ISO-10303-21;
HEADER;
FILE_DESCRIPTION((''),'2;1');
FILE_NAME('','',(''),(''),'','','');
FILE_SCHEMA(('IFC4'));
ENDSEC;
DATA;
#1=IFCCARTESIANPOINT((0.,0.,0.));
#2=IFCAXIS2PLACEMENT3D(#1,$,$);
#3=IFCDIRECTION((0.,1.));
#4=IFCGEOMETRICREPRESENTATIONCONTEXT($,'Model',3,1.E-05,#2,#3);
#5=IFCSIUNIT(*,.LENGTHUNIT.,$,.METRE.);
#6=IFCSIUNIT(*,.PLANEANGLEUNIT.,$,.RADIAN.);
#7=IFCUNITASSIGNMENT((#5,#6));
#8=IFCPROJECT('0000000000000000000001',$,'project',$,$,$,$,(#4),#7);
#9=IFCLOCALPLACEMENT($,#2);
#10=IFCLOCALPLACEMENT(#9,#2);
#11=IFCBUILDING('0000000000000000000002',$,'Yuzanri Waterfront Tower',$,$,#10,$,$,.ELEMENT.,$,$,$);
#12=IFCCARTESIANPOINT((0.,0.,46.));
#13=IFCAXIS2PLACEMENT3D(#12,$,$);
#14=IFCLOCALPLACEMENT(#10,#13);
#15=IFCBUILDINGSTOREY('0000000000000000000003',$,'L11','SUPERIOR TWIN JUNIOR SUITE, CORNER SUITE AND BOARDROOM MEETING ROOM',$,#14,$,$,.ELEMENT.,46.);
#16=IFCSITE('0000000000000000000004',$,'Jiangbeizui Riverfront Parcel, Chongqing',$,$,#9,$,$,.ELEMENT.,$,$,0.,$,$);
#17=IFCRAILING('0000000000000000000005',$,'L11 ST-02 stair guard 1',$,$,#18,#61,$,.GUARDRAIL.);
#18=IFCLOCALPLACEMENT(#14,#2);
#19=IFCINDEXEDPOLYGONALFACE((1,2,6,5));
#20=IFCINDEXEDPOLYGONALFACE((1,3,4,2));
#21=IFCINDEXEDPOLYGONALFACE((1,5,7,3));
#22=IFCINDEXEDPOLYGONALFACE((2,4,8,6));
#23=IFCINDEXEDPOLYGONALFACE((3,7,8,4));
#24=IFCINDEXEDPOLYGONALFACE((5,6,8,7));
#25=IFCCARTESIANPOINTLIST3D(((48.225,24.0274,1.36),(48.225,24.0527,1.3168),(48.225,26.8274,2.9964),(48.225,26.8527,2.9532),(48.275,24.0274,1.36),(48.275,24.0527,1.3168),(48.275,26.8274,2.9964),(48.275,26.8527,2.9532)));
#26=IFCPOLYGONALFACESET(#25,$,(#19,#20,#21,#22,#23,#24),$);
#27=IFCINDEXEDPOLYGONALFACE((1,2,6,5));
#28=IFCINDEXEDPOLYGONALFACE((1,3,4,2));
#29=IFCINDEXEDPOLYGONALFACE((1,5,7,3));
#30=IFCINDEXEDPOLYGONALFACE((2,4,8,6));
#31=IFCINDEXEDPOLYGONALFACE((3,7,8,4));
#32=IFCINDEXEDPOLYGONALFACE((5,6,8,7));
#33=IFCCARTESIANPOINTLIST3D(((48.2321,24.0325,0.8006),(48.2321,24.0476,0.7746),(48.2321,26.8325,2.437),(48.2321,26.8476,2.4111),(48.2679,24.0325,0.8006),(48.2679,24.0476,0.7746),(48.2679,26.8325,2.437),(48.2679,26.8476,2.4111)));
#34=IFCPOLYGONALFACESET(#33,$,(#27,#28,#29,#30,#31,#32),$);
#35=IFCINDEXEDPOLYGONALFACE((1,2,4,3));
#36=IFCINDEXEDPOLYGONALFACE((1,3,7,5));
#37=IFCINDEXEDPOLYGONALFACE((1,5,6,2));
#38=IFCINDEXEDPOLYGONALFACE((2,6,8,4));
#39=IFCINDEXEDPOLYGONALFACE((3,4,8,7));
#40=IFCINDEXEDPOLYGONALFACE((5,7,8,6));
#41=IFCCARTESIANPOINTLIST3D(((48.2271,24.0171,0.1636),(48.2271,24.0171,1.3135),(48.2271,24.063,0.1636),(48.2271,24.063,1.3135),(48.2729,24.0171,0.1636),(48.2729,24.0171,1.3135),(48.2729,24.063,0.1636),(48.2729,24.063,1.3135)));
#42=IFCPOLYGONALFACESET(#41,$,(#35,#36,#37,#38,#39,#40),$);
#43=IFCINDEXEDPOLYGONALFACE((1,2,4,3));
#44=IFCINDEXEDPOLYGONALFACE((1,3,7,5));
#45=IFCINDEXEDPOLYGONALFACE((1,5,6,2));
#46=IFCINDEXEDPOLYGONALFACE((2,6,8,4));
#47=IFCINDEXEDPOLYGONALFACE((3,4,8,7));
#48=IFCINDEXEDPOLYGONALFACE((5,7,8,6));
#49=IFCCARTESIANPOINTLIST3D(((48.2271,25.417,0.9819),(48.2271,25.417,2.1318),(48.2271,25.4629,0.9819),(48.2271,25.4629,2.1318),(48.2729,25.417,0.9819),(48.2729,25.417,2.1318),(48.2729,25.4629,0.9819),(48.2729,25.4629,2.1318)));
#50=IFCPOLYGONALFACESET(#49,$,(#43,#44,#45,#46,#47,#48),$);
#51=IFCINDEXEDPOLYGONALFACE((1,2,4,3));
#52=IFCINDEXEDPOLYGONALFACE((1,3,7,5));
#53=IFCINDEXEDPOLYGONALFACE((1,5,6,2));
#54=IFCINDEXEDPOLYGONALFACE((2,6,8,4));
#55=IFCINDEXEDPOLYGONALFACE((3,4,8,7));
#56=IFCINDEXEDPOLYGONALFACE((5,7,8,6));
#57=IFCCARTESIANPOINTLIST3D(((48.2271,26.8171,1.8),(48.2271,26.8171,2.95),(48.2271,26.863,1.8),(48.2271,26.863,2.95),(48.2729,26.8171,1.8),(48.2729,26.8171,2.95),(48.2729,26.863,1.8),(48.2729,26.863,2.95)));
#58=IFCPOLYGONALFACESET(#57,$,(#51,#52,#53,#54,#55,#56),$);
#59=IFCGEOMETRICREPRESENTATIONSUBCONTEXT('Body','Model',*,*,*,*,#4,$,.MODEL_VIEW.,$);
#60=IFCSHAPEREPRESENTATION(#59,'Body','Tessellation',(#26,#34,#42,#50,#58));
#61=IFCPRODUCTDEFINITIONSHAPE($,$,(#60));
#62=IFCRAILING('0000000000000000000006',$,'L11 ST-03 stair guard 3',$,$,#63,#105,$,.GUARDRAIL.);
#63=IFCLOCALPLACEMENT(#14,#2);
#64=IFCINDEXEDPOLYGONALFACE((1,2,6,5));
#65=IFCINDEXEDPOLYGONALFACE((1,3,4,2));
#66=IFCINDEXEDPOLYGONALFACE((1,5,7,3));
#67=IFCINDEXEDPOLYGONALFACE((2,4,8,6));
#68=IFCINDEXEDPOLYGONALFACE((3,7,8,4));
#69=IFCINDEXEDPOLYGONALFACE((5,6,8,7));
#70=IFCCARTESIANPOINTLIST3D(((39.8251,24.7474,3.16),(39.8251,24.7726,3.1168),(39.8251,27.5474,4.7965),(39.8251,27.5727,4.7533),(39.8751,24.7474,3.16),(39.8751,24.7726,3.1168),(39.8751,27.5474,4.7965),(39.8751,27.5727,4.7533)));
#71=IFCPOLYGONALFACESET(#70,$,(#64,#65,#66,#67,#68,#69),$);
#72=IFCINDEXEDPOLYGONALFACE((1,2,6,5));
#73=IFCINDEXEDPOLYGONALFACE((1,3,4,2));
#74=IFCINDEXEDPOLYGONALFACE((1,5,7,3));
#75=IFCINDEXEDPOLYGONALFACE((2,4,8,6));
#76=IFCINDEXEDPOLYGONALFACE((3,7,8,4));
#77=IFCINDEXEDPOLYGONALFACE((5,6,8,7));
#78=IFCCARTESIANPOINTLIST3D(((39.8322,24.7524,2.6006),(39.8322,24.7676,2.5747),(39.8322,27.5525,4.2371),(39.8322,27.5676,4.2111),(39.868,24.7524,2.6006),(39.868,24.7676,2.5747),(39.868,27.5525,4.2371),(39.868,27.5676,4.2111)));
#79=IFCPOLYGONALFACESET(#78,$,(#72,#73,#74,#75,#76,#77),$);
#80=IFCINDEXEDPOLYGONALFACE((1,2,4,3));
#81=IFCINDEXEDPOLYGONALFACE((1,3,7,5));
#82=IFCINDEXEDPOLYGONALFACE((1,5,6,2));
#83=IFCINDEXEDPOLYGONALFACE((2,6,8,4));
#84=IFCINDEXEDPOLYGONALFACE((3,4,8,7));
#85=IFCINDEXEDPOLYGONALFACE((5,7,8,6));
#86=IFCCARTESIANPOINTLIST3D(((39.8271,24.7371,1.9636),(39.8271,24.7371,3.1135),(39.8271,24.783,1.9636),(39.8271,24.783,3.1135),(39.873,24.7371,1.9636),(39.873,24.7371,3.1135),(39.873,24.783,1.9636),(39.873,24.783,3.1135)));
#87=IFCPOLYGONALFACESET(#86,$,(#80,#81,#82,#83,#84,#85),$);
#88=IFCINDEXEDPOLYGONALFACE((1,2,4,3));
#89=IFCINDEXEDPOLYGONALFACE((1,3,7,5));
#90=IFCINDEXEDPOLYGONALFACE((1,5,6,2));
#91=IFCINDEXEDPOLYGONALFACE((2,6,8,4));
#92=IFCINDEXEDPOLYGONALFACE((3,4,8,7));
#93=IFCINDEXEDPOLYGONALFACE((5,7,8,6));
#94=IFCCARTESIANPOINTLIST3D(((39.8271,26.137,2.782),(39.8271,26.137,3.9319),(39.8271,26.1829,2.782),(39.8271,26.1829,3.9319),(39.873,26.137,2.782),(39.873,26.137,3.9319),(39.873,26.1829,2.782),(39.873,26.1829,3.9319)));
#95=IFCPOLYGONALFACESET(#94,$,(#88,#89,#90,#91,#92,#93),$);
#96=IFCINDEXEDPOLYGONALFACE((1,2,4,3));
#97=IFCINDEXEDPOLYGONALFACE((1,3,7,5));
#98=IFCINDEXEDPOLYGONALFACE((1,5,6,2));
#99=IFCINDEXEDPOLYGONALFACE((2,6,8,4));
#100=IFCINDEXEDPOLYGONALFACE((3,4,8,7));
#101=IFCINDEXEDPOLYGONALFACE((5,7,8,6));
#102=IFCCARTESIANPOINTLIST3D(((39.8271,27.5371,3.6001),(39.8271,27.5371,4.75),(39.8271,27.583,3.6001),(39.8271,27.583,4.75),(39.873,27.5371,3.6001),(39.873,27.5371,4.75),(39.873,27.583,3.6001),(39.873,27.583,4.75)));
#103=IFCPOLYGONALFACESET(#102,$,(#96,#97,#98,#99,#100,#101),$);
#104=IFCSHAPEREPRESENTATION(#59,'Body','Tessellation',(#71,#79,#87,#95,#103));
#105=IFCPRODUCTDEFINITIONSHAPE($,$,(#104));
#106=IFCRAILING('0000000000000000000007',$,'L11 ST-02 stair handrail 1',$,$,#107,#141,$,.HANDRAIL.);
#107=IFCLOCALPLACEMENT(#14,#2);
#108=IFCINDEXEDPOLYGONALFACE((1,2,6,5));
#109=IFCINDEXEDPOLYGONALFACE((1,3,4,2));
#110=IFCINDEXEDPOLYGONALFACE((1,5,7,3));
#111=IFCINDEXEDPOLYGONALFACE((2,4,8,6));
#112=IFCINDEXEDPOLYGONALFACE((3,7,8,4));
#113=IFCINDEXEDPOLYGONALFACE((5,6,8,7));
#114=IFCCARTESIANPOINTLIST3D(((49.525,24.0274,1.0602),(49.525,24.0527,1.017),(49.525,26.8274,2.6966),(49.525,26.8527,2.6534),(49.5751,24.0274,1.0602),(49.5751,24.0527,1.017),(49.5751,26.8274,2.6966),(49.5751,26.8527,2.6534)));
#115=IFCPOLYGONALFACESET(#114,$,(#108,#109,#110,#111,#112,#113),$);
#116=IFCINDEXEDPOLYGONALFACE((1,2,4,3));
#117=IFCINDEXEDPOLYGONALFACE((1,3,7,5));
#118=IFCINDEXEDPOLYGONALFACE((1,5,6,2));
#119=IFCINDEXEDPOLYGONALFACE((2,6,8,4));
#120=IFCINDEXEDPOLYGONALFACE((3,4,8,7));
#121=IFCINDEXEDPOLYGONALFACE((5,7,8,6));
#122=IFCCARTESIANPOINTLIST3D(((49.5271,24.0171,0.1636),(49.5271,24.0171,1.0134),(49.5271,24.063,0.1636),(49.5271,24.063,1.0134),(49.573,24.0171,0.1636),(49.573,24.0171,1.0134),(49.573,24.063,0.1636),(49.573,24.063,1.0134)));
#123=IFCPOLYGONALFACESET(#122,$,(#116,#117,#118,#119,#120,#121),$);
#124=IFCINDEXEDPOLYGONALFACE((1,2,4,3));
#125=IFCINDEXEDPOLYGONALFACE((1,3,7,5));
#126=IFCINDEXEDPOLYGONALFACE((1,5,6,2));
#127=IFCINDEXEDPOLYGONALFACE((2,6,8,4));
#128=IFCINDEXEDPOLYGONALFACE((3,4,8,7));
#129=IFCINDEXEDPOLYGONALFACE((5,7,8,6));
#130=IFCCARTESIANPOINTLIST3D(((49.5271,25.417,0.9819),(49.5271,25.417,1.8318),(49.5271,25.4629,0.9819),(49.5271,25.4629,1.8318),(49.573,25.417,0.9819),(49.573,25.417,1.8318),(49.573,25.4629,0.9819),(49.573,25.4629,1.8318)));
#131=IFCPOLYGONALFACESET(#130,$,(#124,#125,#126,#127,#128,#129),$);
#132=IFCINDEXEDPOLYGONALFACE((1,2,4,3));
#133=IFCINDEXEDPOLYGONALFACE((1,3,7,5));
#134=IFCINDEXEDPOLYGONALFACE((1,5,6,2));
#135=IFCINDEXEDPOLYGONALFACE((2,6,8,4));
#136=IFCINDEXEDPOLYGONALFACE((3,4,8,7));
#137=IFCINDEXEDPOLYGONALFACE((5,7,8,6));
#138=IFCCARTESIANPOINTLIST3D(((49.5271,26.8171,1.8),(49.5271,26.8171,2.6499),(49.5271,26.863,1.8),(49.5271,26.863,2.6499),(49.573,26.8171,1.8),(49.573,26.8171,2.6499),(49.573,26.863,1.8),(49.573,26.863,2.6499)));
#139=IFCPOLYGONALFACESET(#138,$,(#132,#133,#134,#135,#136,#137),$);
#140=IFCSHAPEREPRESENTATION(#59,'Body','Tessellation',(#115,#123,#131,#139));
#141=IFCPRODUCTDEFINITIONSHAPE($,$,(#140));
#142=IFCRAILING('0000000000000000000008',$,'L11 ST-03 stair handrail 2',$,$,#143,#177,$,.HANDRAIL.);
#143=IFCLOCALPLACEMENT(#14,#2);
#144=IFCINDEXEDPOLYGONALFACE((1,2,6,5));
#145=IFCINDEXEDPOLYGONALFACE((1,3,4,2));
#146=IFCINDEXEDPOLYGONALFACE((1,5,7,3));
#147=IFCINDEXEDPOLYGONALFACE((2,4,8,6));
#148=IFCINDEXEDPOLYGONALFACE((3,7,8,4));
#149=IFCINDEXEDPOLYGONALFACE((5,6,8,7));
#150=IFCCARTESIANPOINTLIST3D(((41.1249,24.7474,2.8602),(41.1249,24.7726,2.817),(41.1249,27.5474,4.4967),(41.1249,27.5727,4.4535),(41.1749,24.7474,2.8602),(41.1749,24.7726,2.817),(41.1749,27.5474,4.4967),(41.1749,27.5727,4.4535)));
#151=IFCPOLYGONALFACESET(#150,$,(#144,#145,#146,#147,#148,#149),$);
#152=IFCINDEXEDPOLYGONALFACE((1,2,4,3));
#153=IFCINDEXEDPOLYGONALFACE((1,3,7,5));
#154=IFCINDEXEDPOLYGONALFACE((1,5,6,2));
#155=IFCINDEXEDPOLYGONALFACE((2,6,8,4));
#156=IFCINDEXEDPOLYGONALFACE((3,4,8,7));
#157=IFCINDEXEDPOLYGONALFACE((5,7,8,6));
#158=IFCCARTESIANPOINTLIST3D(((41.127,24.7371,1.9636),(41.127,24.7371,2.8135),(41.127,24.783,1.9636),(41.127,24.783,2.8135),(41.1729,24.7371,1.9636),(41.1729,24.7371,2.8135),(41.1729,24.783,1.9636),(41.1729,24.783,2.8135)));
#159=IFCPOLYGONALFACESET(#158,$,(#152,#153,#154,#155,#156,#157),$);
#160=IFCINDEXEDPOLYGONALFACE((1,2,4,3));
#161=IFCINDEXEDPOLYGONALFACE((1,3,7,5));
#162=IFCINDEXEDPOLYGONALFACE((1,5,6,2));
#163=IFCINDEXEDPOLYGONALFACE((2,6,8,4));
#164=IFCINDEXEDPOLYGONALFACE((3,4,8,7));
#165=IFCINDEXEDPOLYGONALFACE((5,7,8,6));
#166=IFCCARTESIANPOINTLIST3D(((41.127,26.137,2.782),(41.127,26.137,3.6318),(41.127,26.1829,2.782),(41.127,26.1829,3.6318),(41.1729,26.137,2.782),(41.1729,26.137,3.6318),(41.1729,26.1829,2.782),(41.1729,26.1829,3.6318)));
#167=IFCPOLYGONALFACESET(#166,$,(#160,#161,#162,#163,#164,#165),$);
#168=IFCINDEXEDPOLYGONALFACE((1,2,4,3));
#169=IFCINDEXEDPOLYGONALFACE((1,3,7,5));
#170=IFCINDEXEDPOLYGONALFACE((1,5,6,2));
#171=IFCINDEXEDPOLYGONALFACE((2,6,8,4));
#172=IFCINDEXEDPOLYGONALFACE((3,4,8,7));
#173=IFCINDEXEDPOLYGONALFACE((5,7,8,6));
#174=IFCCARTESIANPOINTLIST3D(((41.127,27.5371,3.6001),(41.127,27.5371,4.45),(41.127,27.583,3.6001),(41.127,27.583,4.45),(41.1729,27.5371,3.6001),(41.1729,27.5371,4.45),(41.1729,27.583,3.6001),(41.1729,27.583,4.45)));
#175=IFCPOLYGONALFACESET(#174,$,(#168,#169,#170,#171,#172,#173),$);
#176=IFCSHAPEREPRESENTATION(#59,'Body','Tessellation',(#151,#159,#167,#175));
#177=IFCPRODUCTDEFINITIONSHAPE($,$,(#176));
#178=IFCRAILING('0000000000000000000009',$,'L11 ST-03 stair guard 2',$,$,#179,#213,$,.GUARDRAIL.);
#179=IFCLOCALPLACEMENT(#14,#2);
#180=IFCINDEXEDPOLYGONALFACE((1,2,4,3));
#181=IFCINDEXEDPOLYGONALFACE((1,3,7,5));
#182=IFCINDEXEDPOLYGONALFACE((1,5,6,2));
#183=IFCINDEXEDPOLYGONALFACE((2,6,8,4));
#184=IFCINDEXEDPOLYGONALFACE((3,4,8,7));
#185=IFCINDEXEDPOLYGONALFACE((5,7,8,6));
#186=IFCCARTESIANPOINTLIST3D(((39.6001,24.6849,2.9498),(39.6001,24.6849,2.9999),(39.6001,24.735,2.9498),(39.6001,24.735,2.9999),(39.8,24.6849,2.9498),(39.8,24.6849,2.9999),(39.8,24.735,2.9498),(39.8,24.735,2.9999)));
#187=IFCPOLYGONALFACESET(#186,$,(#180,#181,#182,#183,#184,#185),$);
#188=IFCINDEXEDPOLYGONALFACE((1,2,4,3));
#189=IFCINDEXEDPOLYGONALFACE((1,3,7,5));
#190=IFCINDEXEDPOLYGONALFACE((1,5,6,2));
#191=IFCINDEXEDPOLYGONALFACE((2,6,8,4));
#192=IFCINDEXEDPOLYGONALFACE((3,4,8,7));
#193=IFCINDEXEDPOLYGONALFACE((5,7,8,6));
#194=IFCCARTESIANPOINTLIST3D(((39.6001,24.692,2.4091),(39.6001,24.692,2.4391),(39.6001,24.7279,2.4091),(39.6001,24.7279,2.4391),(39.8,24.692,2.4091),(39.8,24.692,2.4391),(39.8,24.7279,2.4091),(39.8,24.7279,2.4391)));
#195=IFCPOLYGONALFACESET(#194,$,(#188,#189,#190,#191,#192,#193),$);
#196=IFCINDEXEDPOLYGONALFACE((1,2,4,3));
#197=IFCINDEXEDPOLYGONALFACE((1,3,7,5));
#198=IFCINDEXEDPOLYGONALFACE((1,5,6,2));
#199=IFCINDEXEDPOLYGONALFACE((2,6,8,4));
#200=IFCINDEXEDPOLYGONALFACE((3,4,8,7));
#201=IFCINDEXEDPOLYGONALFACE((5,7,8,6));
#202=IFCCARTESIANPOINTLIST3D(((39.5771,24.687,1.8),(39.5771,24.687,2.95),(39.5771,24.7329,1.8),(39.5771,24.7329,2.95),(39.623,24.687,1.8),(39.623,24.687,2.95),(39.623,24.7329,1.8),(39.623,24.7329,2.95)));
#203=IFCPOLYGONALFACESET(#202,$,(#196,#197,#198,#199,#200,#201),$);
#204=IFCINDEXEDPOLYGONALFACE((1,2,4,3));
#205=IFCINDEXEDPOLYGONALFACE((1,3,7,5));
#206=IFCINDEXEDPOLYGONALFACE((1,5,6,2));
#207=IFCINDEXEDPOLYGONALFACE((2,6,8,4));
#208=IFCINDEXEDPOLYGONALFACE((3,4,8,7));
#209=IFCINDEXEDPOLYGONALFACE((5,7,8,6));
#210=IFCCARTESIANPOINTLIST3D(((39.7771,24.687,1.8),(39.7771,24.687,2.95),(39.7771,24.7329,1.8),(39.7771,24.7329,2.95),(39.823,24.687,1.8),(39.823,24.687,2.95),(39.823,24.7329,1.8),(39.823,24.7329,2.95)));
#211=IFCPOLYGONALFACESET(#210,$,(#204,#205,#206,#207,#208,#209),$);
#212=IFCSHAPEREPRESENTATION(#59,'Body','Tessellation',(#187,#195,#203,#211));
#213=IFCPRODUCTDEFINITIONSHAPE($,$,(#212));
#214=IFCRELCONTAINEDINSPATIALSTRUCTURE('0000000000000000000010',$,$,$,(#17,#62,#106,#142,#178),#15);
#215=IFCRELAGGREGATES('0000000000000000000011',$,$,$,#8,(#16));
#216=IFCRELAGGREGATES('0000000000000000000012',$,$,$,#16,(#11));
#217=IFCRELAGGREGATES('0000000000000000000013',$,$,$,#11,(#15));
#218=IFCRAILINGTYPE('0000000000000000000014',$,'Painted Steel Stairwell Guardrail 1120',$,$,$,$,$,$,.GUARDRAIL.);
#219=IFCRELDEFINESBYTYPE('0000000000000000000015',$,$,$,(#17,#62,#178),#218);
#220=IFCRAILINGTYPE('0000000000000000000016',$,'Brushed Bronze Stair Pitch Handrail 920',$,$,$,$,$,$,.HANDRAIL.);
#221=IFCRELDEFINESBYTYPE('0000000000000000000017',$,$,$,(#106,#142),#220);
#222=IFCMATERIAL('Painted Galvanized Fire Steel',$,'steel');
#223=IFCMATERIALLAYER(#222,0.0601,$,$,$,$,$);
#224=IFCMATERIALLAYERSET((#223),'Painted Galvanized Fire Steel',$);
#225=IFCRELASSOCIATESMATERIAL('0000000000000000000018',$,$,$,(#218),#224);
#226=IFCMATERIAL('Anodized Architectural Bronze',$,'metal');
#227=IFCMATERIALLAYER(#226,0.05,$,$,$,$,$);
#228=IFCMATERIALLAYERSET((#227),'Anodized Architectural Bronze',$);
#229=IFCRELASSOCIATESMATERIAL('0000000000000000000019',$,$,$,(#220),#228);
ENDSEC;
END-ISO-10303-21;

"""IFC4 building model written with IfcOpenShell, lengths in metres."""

from ifc_helpers import new_model, si_unit, direction, frame, origin, origin_2d, place, context, subcontext, project, spatial, rectangle, extrude, source, transform, mapped, material, layer, layer_set, type_object, element, save


model = new_model("IFC4")

# Units and contexts
model_context = context("Model", 3, precision=1e-05, world=origin(), true_north=direction((0.0, 1.0)))
body_context = subcontext(model_context, "Body", "Model", "MODEL_VIEW")
ifc_project = project(units=[si_unit("LENGTHUNIT", "METRE"), si_unit("PLANEANGLEUNIT", "RADIAN")], contexts=[model_context])

# Site, building, storey
site_placement = place(None, origin())
site = spatial("IfcSite", under=ifc_project, at=site_placement, Name="Jiangbeizui Riverfront Parcel, Chongqing", CompositionType="ELEMENT", RefElevation=0.0)
building_placement = place(site_placement, origin())
building = spatial("IfcBuilding", under=site, at=building_placement, Name="Yuzanri Waterfront Tower", CompositionType="ELEMENT")
storey_placement = place(building_placement, frame((0.0, 0.0, 46.0)))
storey = spatial("IfcBuildingStorey", under=building, at=storey_placement, Name="L11", Description="SUPERIOR TWIN JUNIOR SUITE, CORNER SUITE AND BOARDROOM MEETING ROOM", CompositionType="ELEMENT", Elevation=46.0)

# Railings
ifc_material_1 = material(Name="Painted Galvanized Fire Steel", Category="steel")
ifc_layer_1 = layer(ifc_material_1, 0.0601)
ifc_layer_set_1 = layer_set([ifc_layer_1], Name="Painted Galvanized Fire Steel")
railing_type_1 = type_object("IfcRailingType", Name="Painted Steel Stairwell Guardrail 1120", PredefinedType="GUARDRAIL", material=ifc_layer_set_1)
shared_shape_1 = source(origin(), body_context, "Body", "SweptSolid", [
    extrude(rectangle(XDim=0.05, YDim=0.05, at=origin_2d()), frame((0.0, 0.0, 1.1748), z_axis=(0.0, 0.863361, 0.504587), x_axis=(-1.0, 0.0, 0.0)), (0.0, 0.0, 1.0), 3.2432),
    extrude(rectangle(XDim=0.0359, YDim=0.03, at=origin_2d()), frame((0.0, 0.0, 0.624), z_axis=(0.0, 0.863361, 0.504587), x_axis=(-1.0, 0.0, 0.0)), (0.0, 0.0, 1.0), 3.2432),
    extrude(rectangle(XDim=0.0459, YDim=0.0459, at=origin_2d()), origin(), (0.0, 0.0, 1.0), 1.1499),
    extrude(rectangle(XDim=0.0459, YDim=0.0459, at=origin_2d()), frame((0.0, 1.3999, 0.8184)), (0.0, 0.0, 1.0), 1.1499),
    extrude(rectangle(XDim=0.0459, YDim=0.0459, at=origin_2d()), frame((0.0, 2.8, 1.6365)), (0.0, 0.0, 1.0), 1.1499),
])
for number, where, name in (
    (1, (48.25, 24.04, 0.1636), "L11 ST-02 stair guard 1"),
    (2, (39.8501, 24.76, 1.9636), "L11 ST-03 stair guard 3"),
):
    element("IfcRailing", number, at=place(storey_placement, frame(where)), inside=storey, type_object=railing_type_1, Name=name, PredefinedType="GUARDRAIL", context=body_context, shape_type="MappedRepresentation", body=[
        mapped(shared_shape_1, transform((0.0, 0.0, 0.0), scale=1.0)),
    ])
ifc_material_2 = material(Name="Anodized Architectural Bronze", Category="metal")
ifc_layer_2 = layer(ifc_material_2, 0.05)
ifc_layer_set_2 = layer_set([ifc_layer_2], Name="Anodized Architectural Bronze")
railing_type_2 = type_object("IfcRailingType", Name="Brushed Bronze Stair Pitch Handrail 920", PredefinedType="HANDRAIL", material=ifc_layer_set_2)
shared_shape_2 = source(origin(), body_context, "Body", "SweptSolid", [
    extrude(rectangle(XDim=0.05, YDim=0.05, at=origin_2d()), frame((0.0, 0.0, 0.875), z_axis=(0.0, 0.863361, 0.504587), x_axis=(-1.0, 0.0, 0.0)), (0.0, 0.0, 1.0), 3.2432),
    extrude(rectangle(XDim=0.0459, YDim=0.0459, at=origin_2d()), origin(), (0.0, 0.0, 1.0), 0.8499),
    extrude(rectangle(XDim=0.0459, YDim=0.0459, at=origin_2d()), frame((0.0, 1.3999, 0.8184)), (0.0, 0.0, 1.0), 0.8499),
    extrude(rectangle(XDim=0.0459, YDim=0.0459, at=origin_2d()), frame((0.0, 2.8, 1.6365)), (0.0, 0.0, 1.0), 0.8499),
])
for number, where, name in (
    (3, (49.55, 24.04, 0.1636), "L11 ST-02 stair handrail 1"),
    (4, (41.1499, 24.76, 1.9636), "L11 ST-03 stair handrail 2"),
):
    element("IfcRailing", number, at=place(storey_placement, frame(where)), inside=storey, type_object=railing_type_2, Name=name, PredefinedType="HANDRAIL", context=body_context, shape_type="MappedRepresentation", body=[
        mapped(shared_shape_2, transform((0.0, 0.0, 0.0), scale=1.0)),
    ])
shared_shape_3 = source(origin(), body_context, "Body", "SweptSolid", [
    extrude(rectangle(XDim=0.05, YDim=0.05, at=origin_2d()), frame((0.0, 0.0, 1.1748), z_axis=(1.0, 0.0, 0.0), x_axis=(0.0, 1.0, 0.0)), (0.0, 0.0, 1.0), 0.2),
    extrude(rectangle(XDim=0.0359, YDim=0.03, at=origin_2d()), frame((0.0, 0.0, 0.624), z_axis=(1.0, 0.0, 0.0), x_axis=(0.0, 1.0, 0.0)), (0.0, 0.0, 1.0), 0.2),
    extrude(rectangle(XDim=0.0459, YDim=0.0459, at=origin_2d()), origin(), (0.0, 0.0, 1.0), 1.1499),
    extrude(rectangle(XDim=0.0459, YDim=0.0459, at=origin_2d()), frame((0.2, 0.0, 0.0)), (0.0, 0.0, 1.0), 1.1499),
])
railing_1_placement = place(storey_placement, frame((39.6001, 24.71, 1.8)))
element("IfcRailing", 5, at=railing_1_placement, inside=storey, type_object=railing_type_1, Name="L11 ST-03 stair guard 2", PredefinedType="GUARDRAIL", context=body_context, shape_type="MappedRepresentation", body=[
    mapped(shared_shape_3, transform((0.0, 0.0, 0.0), scale=1.0)),
])

save(model, "model.ifc")
